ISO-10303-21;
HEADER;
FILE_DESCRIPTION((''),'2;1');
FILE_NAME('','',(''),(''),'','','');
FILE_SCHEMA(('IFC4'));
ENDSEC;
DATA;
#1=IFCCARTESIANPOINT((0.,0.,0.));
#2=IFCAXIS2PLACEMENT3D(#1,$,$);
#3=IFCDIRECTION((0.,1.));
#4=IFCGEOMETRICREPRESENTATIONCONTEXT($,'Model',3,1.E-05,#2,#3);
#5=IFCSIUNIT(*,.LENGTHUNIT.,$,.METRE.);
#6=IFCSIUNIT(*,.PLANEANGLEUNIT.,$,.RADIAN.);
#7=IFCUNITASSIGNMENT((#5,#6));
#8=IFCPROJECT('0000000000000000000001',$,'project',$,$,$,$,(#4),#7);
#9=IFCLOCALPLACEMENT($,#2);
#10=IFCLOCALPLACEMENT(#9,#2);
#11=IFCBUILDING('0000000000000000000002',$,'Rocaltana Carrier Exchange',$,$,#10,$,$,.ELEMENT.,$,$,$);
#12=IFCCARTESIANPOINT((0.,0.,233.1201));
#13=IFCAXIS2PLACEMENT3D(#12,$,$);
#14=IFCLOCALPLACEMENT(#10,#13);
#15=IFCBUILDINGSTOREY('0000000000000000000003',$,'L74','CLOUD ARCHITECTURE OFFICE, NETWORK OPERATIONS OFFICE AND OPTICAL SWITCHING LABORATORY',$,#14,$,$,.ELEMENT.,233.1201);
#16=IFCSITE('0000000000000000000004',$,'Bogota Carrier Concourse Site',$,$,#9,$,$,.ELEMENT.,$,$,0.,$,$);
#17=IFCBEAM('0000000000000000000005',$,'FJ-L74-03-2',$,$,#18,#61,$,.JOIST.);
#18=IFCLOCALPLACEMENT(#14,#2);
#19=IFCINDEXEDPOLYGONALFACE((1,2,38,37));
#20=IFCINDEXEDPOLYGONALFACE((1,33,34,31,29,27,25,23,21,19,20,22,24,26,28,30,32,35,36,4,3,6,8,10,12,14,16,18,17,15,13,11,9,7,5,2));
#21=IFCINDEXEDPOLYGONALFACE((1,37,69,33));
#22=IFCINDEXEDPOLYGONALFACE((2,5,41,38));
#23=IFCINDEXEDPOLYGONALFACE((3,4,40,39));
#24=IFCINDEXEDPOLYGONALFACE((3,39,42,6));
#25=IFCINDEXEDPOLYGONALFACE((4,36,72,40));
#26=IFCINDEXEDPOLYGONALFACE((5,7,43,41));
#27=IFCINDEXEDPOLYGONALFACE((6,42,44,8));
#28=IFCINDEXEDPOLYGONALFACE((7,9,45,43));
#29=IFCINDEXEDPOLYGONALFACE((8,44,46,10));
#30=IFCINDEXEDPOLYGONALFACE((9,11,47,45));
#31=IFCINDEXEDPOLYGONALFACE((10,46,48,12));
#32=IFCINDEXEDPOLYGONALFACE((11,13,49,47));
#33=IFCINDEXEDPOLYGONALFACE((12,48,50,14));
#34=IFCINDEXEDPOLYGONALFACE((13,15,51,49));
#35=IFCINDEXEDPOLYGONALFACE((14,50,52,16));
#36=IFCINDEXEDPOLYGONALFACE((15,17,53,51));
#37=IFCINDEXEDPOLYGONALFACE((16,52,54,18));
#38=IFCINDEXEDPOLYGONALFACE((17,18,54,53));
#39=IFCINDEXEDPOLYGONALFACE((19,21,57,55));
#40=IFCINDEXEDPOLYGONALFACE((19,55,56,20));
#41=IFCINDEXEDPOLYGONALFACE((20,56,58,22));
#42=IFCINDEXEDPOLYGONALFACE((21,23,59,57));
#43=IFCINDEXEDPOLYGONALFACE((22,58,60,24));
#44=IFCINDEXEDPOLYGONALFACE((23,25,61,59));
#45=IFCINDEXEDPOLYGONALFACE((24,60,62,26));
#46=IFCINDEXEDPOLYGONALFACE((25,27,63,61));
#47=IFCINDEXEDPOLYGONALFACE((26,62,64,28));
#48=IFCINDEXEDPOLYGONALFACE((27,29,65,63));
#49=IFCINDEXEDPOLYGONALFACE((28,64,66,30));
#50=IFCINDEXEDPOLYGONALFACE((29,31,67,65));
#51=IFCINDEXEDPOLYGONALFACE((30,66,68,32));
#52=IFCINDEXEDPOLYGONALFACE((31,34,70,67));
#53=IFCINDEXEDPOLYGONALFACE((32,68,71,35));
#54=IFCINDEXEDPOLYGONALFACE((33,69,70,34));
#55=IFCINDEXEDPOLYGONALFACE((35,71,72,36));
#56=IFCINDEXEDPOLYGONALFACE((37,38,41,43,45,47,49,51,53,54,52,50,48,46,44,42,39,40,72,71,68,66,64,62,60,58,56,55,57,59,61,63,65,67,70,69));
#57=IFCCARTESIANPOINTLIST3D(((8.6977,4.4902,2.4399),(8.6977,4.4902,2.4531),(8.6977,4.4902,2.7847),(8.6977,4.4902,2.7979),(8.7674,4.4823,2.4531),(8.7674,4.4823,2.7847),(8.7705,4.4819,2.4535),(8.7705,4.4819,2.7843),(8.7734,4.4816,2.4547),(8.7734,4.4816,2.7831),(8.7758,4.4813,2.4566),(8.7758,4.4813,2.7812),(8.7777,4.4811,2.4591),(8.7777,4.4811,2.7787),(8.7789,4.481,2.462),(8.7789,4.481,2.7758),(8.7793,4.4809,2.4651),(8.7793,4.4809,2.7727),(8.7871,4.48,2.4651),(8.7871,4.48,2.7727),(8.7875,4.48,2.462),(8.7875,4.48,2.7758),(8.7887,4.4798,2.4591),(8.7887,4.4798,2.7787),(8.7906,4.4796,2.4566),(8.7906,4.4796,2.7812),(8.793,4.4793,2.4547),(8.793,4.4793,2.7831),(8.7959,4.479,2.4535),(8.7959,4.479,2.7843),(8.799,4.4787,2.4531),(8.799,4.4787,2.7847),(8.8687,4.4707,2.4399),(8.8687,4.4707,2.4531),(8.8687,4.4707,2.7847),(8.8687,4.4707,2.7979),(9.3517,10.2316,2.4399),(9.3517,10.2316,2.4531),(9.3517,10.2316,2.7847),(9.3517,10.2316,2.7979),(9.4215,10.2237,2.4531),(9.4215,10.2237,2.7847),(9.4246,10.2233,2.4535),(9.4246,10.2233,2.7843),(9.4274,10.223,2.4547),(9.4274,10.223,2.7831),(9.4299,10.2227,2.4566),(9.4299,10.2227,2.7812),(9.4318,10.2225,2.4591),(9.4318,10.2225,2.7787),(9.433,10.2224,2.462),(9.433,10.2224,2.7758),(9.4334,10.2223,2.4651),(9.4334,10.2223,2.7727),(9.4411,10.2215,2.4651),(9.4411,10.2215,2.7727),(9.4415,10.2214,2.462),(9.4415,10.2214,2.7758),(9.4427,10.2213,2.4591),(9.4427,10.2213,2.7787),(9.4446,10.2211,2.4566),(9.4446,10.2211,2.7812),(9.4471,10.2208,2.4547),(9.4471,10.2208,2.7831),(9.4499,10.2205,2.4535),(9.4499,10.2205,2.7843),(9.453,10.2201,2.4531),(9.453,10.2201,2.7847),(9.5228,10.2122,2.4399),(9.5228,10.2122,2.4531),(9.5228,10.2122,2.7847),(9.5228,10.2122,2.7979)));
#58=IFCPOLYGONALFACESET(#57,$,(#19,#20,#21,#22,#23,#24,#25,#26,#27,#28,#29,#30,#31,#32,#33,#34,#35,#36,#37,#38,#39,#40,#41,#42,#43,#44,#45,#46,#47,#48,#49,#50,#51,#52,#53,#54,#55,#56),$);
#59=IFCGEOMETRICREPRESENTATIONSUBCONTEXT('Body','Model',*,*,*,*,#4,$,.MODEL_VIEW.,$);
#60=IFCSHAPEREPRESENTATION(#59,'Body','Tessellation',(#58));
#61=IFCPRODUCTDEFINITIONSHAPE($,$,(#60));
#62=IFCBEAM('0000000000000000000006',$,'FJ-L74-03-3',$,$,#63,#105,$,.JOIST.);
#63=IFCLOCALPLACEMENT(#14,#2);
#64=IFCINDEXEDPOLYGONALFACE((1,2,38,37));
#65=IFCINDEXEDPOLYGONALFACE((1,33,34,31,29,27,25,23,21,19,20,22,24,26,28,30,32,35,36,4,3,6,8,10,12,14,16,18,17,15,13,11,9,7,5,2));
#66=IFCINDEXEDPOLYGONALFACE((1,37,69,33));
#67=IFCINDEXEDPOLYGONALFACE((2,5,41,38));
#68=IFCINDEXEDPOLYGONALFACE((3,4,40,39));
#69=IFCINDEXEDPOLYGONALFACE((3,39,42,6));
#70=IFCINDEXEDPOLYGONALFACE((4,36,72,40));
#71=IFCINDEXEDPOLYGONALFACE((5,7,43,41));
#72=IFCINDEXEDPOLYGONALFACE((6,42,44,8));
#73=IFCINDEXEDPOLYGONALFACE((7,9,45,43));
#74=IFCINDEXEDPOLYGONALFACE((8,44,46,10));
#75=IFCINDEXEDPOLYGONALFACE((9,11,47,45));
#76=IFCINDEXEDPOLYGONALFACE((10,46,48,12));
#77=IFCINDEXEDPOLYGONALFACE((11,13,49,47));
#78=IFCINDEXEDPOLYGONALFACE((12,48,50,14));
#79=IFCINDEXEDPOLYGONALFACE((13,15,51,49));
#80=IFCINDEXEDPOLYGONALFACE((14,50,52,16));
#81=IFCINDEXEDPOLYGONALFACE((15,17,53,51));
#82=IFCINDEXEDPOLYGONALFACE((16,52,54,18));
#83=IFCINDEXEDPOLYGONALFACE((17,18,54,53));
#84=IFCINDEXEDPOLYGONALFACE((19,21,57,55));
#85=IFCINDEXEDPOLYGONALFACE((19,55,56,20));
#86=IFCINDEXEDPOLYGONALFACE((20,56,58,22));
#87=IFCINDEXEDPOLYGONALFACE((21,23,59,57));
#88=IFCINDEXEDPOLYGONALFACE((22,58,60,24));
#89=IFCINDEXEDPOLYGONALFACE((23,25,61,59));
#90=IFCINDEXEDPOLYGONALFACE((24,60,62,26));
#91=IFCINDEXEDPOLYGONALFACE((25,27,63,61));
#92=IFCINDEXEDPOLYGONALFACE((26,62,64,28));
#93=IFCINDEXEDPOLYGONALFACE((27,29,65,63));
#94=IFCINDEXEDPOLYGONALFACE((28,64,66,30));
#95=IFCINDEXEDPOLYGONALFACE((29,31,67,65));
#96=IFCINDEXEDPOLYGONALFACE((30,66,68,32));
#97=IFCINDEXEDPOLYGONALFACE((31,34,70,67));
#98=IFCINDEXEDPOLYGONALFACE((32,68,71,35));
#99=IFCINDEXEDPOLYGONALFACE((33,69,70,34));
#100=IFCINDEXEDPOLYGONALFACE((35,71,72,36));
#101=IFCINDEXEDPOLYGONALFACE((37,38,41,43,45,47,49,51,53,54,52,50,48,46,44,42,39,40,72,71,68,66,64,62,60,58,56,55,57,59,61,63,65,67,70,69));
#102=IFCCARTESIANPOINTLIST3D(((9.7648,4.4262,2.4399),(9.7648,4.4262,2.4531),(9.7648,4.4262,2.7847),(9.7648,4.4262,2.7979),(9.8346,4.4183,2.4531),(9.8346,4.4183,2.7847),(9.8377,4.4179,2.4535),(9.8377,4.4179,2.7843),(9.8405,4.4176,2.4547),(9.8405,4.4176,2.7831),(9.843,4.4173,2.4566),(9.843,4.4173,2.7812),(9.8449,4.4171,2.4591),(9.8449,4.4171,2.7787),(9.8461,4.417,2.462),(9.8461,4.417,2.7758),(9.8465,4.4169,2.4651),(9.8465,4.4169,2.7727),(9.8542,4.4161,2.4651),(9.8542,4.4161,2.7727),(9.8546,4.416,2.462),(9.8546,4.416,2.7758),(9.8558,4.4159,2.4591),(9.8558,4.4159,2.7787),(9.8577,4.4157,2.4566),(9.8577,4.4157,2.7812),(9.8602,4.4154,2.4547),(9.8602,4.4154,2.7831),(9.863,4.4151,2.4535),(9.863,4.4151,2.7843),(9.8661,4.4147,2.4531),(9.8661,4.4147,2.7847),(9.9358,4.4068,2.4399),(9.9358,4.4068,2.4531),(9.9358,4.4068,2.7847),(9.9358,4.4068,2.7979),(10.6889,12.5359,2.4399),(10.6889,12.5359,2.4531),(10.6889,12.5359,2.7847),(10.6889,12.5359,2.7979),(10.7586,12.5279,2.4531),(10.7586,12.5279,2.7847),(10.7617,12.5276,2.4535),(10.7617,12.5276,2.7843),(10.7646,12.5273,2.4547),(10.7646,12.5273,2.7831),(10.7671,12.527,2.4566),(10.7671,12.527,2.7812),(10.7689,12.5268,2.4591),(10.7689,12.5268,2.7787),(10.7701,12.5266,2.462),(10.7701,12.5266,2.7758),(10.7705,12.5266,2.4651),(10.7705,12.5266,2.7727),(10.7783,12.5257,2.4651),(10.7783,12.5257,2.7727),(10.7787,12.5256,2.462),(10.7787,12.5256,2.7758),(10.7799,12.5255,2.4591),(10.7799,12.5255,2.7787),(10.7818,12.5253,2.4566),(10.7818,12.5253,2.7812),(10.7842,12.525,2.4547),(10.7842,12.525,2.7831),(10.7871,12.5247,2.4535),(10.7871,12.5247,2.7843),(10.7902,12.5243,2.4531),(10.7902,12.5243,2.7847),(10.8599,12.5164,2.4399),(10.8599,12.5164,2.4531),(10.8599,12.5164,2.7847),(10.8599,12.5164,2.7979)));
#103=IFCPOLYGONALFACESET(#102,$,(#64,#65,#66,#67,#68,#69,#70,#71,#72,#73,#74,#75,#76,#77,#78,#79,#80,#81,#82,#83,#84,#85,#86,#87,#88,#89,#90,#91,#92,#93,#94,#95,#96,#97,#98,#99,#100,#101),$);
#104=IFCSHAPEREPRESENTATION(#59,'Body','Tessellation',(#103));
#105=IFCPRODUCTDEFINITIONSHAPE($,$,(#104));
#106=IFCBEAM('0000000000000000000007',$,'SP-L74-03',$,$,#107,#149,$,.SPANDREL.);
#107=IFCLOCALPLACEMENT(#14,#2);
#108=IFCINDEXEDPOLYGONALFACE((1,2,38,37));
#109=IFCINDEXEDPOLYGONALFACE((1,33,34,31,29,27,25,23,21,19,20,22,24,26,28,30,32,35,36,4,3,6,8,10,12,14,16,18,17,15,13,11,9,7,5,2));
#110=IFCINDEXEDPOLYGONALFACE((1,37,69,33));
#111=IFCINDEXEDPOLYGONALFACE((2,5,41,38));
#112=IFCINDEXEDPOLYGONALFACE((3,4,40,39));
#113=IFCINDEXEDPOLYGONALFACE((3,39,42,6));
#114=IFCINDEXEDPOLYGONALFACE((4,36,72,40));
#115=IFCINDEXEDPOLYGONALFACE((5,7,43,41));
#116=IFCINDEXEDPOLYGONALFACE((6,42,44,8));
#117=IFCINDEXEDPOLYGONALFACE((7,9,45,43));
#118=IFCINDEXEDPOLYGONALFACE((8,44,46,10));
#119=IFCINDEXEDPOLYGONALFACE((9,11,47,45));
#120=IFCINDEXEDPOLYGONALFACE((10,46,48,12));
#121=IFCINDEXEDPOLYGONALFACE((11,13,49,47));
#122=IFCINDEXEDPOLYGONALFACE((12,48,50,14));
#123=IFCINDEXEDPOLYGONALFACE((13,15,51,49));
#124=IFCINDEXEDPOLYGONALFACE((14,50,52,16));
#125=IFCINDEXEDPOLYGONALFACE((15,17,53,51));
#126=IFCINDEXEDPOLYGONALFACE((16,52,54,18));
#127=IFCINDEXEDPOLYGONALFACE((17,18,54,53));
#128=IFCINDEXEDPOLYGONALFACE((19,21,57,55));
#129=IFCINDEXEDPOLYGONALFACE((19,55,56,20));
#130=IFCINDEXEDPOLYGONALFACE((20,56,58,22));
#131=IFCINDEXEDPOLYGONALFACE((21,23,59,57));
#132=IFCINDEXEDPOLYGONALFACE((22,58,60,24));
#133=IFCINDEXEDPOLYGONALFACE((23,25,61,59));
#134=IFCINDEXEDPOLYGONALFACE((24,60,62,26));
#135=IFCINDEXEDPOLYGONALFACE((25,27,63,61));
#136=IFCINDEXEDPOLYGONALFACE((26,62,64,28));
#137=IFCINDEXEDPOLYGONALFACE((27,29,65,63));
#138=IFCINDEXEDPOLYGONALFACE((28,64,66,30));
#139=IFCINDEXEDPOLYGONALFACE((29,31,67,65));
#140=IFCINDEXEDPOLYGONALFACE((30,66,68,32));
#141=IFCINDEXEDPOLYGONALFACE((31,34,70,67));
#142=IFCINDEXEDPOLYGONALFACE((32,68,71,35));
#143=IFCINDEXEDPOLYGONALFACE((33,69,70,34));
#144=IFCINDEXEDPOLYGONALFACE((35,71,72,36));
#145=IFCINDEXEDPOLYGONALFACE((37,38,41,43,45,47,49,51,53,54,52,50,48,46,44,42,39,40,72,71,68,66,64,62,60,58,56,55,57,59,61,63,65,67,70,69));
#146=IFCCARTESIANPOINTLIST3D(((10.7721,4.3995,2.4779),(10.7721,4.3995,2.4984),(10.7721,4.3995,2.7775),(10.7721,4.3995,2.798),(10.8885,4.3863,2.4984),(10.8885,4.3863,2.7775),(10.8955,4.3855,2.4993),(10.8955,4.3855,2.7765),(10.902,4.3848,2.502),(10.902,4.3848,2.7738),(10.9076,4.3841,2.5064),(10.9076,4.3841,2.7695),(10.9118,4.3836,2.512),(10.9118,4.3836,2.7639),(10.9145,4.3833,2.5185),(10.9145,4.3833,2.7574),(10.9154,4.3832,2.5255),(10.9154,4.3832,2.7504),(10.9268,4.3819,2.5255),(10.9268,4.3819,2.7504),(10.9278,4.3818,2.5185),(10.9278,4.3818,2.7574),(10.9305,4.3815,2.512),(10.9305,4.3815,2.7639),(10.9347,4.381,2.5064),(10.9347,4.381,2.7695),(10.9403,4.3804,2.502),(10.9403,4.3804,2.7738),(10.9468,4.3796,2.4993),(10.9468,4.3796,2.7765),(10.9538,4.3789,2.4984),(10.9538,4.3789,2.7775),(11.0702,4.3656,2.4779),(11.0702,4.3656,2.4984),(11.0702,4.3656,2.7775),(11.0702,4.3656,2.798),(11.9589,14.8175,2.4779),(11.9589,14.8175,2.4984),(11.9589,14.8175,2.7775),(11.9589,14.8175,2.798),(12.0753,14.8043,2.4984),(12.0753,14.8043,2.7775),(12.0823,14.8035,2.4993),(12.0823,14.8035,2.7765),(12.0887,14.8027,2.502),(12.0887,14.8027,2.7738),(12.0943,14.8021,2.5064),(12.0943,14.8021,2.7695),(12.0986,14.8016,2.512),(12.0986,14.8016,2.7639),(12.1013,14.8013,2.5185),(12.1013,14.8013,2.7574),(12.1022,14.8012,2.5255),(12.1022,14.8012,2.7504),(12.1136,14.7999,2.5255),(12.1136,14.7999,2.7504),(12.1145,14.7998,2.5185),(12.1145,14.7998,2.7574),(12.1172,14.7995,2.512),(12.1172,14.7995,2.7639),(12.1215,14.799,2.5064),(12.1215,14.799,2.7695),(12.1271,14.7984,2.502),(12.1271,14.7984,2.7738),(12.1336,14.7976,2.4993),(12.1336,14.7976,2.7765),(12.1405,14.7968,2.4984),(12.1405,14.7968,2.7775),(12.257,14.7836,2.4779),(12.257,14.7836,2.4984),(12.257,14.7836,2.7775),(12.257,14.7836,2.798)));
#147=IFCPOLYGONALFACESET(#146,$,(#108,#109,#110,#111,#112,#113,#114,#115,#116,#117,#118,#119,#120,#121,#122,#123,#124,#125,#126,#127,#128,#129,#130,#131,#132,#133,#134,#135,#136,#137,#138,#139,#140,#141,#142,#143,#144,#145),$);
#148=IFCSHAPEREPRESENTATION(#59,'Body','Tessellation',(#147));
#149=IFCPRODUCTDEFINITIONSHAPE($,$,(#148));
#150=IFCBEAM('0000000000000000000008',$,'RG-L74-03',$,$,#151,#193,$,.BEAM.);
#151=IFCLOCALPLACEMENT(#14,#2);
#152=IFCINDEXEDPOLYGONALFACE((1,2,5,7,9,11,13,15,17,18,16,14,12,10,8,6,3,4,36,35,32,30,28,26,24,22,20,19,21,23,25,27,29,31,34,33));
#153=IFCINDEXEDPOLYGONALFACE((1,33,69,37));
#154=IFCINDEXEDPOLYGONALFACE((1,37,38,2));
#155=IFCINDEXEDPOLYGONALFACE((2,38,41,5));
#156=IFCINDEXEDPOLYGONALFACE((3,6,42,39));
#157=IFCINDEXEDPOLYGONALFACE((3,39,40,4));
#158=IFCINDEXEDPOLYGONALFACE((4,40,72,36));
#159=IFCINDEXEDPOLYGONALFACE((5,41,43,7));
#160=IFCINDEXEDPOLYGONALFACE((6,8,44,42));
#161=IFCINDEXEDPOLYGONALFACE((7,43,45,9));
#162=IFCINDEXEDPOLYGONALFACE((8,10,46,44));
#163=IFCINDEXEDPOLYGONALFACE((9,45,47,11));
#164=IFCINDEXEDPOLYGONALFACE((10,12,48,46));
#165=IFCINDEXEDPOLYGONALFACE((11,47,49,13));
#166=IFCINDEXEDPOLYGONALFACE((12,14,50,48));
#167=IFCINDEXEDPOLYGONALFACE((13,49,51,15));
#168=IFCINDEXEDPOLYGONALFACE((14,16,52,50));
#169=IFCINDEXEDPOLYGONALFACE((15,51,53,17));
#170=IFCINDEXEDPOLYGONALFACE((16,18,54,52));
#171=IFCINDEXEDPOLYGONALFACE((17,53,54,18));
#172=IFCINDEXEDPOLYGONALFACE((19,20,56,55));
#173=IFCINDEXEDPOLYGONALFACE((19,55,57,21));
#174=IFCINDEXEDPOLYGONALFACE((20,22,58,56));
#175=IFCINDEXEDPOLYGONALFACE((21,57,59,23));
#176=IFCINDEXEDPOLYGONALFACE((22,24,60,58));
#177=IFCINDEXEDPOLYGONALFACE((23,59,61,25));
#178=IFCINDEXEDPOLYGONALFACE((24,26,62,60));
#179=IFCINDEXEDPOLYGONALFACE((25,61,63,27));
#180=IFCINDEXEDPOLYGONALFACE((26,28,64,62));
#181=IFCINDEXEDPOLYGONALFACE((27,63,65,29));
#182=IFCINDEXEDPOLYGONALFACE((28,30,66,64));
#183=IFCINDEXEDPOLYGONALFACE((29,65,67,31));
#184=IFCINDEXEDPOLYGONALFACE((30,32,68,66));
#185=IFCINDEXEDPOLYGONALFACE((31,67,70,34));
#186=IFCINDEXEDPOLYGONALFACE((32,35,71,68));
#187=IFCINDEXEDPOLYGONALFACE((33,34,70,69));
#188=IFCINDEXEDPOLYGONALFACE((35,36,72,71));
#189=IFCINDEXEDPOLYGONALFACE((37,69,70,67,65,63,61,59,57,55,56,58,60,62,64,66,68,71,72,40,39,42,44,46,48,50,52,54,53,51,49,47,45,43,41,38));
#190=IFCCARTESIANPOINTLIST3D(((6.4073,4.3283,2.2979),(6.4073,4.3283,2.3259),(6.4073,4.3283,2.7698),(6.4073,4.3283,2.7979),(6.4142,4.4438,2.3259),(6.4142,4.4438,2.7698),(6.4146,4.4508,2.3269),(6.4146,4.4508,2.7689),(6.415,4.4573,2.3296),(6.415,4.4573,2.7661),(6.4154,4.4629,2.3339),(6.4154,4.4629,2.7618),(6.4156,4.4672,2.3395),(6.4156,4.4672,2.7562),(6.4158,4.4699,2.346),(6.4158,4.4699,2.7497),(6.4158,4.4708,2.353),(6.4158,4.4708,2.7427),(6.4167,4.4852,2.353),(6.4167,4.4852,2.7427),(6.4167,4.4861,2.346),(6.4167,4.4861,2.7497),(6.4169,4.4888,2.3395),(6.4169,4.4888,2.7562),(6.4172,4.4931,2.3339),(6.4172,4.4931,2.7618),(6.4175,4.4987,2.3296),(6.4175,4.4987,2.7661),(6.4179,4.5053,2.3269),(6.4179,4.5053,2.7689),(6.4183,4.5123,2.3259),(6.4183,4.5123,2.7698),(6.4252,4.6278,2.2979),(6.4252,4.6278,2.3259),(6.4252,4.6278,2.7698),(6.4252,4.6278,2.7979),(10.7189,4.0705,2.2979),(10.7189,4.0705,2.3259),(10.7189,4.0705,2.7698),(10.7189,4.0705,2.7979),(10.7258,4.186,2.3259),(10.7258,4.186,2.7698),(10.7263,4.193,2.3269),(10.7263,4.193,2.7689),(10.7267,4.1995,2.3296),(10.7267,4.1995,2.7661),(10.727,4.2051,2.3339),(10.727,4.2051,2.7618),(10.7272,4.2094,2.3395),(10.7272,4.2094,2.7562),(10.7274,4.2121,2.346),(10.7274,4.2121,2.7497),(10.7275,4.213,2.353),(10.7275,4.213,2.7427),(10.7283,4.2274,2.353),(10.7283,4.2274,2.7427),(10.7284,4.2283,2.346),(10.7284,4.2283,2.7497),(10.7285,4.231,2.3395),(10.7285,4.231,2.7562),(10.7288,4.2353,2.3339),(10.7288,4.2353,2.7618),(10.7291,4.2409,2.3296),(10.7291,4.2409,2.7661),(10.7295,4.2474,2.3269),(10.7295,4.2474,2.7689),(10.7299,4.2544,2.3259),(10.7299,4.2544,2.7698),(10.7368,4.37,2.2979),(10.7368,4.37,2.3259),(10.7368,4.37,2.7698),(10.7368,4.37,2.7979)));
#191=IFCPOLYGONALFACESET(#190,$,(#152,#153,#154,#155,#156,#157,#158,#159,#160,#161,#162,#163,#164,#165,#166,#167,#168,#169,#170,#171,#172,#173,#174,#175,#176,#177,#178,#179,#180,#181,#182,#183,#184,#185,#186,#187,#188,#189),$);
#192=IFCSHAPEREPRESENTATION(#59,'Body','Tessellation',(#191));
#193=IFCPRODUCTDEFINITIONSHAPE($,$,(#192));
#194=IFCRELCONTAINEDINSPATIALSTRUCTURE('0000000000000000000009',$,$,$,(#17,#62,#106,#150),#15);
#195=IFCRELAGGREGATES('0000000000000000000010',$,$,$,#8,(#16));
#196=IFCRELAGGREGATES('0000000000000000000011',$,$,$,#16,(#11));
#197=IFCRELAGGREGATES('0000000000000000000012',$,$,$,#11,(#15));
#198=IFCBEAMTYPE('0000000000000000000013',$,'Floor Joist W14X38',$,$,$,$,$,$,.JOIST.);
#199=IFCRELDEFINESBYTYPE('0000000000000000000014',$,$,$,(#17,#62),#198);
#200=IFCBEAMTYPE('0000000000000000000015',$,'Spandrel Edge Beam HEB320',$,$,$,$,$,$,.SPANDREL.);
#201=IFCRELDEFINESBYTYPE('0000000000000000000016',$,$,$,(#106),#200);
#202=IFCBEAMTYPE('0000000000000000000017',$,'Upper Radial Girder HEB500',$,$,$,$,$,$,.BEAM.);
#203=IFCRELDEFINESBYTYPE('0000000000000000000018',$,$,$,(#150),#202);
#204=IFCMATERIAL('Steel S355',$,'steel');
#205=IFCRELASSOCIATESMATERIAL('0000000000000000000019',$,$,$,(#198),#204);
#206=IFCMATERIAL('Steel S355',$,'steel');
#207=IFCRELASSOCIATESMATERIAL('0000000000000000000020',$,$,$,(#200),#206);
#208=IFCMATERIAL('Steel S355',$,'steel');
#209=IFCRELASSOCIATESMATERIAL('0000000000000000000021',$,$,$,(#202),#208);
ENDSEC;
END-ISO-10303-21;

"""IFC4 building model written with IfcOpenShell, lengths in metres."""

from ifc_helpers import new_model, si_unit, direction, frame, origin, origin_2d, place, context, subcontext, project, spatial, i_section, extrude, material, material_profile, profile_set, type_object, element, save


model = new_model("IFC4")

# Units and contexts
model_context = context("Model", 3, precision=1e-05, world=origin(), true_north=direction((0.0, 1.0)))
body_context = subcontext(model_context, "Body", "Model", "MODEL_VIEW")
ifc_project = project(units=[si_unit("LENGTHUNIT", "METRE"), si_unit("PLANEANGLEUNIT", "RADIAN")], contexts=[model_context])

# Site, building, storey
site_placement = place(None, origin())
site = spatial("IfcSite", under=ifc_project, at=site_placement, Name="Bogota Carrier Concourse Site", CompositionType="ELEMENT", RefElevation=0.0)
building_placement = place(site_placement, origin())
building = spatial("IfcBuilding", under=site, at=building_placement, Name="Rocaltana Carrier Exchange", CompositionType="ELEMENT")
storey_placement = place(building_placement, frame((0.0, 0.0, 233.1201)))
storey = spatial("IfcBuildingStorey", under=building, at=storey_placement, Name="L74", Description="CLOUD ARCHITECTURE OFFICE, NETWORK OPERATIONS OFFICE AND OPTICAL SWITCHING LABORATORY", CompositionType="ELEMENT", Elevation=233.1201)

# Beams
ifc_material_1 = material(Name="Steel S355", Category="steel")
ifc_material_profile_1 = material_profile(ifc_material_1, i_section(OverallWidth=0.1721, OverallDepth=0.3579, WebThickness=0.0078, FlangeThickness=0.0132, FilletRadius=0.012, at=origin_2d()), Name="W14X38")
ifc_profile_set_1 = profile_set([ifc_material_profile_1], Name="Steel S355")
beam_type_1 = type_object("IfcBeamType", Name="Floor Joist W14X38", PredefinedType="JOIST", material=ifc_profile_set_1)
beam_1_placement = place(storey_placement, frame((8.7832, 4.4805, 2.6189), z_axis=(0.113186, 0.993574, 0.0), x_axis=(-0.993574, 0.113186, 0.0)))
element("IfcBeam", 1, at=beam_1_placement, inside=storey, type_object=beam_type_1, Name="FJ-L74-03-2", PredefinedType="JOIST", context=body_context, shape_type="SweptSolid", body=[
    extrude(i_section(OverallWidth=0.1721, OverallDepth=0.3579, WebThickness=0.0078, FlangeThickness=0.0132, FilletRadius=0.012, at=origin_2d()), origin(), (0.0, 0.0, 1.0), 5.7786),
])
beam_2_placement = place(storey_placement, frame((9.8503, 4.4165, 2.6189), z_axis=(0.113215, 0.993571, 0.0), x_axis=(-0.993571, 0.113215, 0.0)))
element("IfcBeam", 2, at=beam_2_placement, inside=storey, type_object=beam_type_1, Name="FJ-L74-03-3", PredefinedType="JOIST", context=body_context, shape_type="SweptSolid", body=[
    extrude(i_section(OverallWidth=0.1721, OverallDepth=0.3579, WebThickness=0.0078, FlangeThickness=0.0132, FilletRadius=0.012, at=origin_2d()), origin(), (0.0, 0.0, 1.0), 8.1621),
])
ifc_material_2 = material(Name="Steel S355", Category="steel")
ifc_material_profile_2 = material_profile(ifc_material_2, i_section(OverallWidth=0.3, OverallDepth=0.3201, WebThickness=0.0115, FlangeThickness=0.0205, FilletRadius=0.0271, at=origin_2d()), Name="HEB320")
ifc_profile_set_2 = profile_set([ifc_material_profile_2], Name="Steel S355")
beam_type_2 = type_object("IfcBeamType", Name="Spandrel Edge Beam HEB320", PredefinedType="SPANDREL", material=ifc_profile_set_2)
beam_3_placement = place(storey_placement, frame((10.9211, 4.3826, 2.6379), z_axis=(0.113183, 0.993574, 0.0), x_axis=(-0.993574, 0.113183, 0.0)))
element("IfcBeam", 3, at=beam_3_placement, inside=storey, type_object=beam_type_2, Name="SP-L74-03", PredefinedType="SPANDREL", context=body_context, shape_type="SweptSolid", body=[
    extrude(i_section(OverallWidth=0.3, OverallDepth=0.3201, WebThickness=0.0115, FlangeThickness=0.0205, FilletRadius=0.0271, at=origin_2d()), origin(), (0.0, 0.0, 1.0), 10.4854),
])
ifc_material_3 = material(Name="Steel S355", Category="steel")
ifc_material_profile_3 = material_profile(ifc_material_3, i_section(OverallWidth=0.3, OverallDepth=0.5, WebThickness=0.0144, FlangeThickness=0.0281, FilletRadius=0.0271, at=origin_2d()), Name="HEB500")
ifc_profile_set_3 = profile_set([ifc_material_profile_3], Name="Steel S355")
beam_type_3 = type_object("IfcBeamType", Name="Upper Radial Girder HEB500", PredefinedType="BEAM", material=ifc_profile_set_3)
beam_4_placement = place(storey_placement, frame((6.4163, 4.478, 2.5479), z_axis=(0.998217, -0.05969, 0.0), x_axis=(0.05969, 0.998217, 0.0)))
element("IfcBeam", 4, at=beam_4_placement, inside=storey, type_object=beam_type_3, Name="RG-L74-03", PredefinedType="BEAM", context=body_context, shape_type="SweptSolid", body=[
    extrude(i_section(OverallWidth=0.3, OverallDepth=0.5, WebThickness=0.0144, FlangeThickness=0.0281, FilletRadius=0.0271, at=origin_2d()), origin(), (0.0, 0.0, 1.0), 4.3193),
])

save(model, "model.ifc")
